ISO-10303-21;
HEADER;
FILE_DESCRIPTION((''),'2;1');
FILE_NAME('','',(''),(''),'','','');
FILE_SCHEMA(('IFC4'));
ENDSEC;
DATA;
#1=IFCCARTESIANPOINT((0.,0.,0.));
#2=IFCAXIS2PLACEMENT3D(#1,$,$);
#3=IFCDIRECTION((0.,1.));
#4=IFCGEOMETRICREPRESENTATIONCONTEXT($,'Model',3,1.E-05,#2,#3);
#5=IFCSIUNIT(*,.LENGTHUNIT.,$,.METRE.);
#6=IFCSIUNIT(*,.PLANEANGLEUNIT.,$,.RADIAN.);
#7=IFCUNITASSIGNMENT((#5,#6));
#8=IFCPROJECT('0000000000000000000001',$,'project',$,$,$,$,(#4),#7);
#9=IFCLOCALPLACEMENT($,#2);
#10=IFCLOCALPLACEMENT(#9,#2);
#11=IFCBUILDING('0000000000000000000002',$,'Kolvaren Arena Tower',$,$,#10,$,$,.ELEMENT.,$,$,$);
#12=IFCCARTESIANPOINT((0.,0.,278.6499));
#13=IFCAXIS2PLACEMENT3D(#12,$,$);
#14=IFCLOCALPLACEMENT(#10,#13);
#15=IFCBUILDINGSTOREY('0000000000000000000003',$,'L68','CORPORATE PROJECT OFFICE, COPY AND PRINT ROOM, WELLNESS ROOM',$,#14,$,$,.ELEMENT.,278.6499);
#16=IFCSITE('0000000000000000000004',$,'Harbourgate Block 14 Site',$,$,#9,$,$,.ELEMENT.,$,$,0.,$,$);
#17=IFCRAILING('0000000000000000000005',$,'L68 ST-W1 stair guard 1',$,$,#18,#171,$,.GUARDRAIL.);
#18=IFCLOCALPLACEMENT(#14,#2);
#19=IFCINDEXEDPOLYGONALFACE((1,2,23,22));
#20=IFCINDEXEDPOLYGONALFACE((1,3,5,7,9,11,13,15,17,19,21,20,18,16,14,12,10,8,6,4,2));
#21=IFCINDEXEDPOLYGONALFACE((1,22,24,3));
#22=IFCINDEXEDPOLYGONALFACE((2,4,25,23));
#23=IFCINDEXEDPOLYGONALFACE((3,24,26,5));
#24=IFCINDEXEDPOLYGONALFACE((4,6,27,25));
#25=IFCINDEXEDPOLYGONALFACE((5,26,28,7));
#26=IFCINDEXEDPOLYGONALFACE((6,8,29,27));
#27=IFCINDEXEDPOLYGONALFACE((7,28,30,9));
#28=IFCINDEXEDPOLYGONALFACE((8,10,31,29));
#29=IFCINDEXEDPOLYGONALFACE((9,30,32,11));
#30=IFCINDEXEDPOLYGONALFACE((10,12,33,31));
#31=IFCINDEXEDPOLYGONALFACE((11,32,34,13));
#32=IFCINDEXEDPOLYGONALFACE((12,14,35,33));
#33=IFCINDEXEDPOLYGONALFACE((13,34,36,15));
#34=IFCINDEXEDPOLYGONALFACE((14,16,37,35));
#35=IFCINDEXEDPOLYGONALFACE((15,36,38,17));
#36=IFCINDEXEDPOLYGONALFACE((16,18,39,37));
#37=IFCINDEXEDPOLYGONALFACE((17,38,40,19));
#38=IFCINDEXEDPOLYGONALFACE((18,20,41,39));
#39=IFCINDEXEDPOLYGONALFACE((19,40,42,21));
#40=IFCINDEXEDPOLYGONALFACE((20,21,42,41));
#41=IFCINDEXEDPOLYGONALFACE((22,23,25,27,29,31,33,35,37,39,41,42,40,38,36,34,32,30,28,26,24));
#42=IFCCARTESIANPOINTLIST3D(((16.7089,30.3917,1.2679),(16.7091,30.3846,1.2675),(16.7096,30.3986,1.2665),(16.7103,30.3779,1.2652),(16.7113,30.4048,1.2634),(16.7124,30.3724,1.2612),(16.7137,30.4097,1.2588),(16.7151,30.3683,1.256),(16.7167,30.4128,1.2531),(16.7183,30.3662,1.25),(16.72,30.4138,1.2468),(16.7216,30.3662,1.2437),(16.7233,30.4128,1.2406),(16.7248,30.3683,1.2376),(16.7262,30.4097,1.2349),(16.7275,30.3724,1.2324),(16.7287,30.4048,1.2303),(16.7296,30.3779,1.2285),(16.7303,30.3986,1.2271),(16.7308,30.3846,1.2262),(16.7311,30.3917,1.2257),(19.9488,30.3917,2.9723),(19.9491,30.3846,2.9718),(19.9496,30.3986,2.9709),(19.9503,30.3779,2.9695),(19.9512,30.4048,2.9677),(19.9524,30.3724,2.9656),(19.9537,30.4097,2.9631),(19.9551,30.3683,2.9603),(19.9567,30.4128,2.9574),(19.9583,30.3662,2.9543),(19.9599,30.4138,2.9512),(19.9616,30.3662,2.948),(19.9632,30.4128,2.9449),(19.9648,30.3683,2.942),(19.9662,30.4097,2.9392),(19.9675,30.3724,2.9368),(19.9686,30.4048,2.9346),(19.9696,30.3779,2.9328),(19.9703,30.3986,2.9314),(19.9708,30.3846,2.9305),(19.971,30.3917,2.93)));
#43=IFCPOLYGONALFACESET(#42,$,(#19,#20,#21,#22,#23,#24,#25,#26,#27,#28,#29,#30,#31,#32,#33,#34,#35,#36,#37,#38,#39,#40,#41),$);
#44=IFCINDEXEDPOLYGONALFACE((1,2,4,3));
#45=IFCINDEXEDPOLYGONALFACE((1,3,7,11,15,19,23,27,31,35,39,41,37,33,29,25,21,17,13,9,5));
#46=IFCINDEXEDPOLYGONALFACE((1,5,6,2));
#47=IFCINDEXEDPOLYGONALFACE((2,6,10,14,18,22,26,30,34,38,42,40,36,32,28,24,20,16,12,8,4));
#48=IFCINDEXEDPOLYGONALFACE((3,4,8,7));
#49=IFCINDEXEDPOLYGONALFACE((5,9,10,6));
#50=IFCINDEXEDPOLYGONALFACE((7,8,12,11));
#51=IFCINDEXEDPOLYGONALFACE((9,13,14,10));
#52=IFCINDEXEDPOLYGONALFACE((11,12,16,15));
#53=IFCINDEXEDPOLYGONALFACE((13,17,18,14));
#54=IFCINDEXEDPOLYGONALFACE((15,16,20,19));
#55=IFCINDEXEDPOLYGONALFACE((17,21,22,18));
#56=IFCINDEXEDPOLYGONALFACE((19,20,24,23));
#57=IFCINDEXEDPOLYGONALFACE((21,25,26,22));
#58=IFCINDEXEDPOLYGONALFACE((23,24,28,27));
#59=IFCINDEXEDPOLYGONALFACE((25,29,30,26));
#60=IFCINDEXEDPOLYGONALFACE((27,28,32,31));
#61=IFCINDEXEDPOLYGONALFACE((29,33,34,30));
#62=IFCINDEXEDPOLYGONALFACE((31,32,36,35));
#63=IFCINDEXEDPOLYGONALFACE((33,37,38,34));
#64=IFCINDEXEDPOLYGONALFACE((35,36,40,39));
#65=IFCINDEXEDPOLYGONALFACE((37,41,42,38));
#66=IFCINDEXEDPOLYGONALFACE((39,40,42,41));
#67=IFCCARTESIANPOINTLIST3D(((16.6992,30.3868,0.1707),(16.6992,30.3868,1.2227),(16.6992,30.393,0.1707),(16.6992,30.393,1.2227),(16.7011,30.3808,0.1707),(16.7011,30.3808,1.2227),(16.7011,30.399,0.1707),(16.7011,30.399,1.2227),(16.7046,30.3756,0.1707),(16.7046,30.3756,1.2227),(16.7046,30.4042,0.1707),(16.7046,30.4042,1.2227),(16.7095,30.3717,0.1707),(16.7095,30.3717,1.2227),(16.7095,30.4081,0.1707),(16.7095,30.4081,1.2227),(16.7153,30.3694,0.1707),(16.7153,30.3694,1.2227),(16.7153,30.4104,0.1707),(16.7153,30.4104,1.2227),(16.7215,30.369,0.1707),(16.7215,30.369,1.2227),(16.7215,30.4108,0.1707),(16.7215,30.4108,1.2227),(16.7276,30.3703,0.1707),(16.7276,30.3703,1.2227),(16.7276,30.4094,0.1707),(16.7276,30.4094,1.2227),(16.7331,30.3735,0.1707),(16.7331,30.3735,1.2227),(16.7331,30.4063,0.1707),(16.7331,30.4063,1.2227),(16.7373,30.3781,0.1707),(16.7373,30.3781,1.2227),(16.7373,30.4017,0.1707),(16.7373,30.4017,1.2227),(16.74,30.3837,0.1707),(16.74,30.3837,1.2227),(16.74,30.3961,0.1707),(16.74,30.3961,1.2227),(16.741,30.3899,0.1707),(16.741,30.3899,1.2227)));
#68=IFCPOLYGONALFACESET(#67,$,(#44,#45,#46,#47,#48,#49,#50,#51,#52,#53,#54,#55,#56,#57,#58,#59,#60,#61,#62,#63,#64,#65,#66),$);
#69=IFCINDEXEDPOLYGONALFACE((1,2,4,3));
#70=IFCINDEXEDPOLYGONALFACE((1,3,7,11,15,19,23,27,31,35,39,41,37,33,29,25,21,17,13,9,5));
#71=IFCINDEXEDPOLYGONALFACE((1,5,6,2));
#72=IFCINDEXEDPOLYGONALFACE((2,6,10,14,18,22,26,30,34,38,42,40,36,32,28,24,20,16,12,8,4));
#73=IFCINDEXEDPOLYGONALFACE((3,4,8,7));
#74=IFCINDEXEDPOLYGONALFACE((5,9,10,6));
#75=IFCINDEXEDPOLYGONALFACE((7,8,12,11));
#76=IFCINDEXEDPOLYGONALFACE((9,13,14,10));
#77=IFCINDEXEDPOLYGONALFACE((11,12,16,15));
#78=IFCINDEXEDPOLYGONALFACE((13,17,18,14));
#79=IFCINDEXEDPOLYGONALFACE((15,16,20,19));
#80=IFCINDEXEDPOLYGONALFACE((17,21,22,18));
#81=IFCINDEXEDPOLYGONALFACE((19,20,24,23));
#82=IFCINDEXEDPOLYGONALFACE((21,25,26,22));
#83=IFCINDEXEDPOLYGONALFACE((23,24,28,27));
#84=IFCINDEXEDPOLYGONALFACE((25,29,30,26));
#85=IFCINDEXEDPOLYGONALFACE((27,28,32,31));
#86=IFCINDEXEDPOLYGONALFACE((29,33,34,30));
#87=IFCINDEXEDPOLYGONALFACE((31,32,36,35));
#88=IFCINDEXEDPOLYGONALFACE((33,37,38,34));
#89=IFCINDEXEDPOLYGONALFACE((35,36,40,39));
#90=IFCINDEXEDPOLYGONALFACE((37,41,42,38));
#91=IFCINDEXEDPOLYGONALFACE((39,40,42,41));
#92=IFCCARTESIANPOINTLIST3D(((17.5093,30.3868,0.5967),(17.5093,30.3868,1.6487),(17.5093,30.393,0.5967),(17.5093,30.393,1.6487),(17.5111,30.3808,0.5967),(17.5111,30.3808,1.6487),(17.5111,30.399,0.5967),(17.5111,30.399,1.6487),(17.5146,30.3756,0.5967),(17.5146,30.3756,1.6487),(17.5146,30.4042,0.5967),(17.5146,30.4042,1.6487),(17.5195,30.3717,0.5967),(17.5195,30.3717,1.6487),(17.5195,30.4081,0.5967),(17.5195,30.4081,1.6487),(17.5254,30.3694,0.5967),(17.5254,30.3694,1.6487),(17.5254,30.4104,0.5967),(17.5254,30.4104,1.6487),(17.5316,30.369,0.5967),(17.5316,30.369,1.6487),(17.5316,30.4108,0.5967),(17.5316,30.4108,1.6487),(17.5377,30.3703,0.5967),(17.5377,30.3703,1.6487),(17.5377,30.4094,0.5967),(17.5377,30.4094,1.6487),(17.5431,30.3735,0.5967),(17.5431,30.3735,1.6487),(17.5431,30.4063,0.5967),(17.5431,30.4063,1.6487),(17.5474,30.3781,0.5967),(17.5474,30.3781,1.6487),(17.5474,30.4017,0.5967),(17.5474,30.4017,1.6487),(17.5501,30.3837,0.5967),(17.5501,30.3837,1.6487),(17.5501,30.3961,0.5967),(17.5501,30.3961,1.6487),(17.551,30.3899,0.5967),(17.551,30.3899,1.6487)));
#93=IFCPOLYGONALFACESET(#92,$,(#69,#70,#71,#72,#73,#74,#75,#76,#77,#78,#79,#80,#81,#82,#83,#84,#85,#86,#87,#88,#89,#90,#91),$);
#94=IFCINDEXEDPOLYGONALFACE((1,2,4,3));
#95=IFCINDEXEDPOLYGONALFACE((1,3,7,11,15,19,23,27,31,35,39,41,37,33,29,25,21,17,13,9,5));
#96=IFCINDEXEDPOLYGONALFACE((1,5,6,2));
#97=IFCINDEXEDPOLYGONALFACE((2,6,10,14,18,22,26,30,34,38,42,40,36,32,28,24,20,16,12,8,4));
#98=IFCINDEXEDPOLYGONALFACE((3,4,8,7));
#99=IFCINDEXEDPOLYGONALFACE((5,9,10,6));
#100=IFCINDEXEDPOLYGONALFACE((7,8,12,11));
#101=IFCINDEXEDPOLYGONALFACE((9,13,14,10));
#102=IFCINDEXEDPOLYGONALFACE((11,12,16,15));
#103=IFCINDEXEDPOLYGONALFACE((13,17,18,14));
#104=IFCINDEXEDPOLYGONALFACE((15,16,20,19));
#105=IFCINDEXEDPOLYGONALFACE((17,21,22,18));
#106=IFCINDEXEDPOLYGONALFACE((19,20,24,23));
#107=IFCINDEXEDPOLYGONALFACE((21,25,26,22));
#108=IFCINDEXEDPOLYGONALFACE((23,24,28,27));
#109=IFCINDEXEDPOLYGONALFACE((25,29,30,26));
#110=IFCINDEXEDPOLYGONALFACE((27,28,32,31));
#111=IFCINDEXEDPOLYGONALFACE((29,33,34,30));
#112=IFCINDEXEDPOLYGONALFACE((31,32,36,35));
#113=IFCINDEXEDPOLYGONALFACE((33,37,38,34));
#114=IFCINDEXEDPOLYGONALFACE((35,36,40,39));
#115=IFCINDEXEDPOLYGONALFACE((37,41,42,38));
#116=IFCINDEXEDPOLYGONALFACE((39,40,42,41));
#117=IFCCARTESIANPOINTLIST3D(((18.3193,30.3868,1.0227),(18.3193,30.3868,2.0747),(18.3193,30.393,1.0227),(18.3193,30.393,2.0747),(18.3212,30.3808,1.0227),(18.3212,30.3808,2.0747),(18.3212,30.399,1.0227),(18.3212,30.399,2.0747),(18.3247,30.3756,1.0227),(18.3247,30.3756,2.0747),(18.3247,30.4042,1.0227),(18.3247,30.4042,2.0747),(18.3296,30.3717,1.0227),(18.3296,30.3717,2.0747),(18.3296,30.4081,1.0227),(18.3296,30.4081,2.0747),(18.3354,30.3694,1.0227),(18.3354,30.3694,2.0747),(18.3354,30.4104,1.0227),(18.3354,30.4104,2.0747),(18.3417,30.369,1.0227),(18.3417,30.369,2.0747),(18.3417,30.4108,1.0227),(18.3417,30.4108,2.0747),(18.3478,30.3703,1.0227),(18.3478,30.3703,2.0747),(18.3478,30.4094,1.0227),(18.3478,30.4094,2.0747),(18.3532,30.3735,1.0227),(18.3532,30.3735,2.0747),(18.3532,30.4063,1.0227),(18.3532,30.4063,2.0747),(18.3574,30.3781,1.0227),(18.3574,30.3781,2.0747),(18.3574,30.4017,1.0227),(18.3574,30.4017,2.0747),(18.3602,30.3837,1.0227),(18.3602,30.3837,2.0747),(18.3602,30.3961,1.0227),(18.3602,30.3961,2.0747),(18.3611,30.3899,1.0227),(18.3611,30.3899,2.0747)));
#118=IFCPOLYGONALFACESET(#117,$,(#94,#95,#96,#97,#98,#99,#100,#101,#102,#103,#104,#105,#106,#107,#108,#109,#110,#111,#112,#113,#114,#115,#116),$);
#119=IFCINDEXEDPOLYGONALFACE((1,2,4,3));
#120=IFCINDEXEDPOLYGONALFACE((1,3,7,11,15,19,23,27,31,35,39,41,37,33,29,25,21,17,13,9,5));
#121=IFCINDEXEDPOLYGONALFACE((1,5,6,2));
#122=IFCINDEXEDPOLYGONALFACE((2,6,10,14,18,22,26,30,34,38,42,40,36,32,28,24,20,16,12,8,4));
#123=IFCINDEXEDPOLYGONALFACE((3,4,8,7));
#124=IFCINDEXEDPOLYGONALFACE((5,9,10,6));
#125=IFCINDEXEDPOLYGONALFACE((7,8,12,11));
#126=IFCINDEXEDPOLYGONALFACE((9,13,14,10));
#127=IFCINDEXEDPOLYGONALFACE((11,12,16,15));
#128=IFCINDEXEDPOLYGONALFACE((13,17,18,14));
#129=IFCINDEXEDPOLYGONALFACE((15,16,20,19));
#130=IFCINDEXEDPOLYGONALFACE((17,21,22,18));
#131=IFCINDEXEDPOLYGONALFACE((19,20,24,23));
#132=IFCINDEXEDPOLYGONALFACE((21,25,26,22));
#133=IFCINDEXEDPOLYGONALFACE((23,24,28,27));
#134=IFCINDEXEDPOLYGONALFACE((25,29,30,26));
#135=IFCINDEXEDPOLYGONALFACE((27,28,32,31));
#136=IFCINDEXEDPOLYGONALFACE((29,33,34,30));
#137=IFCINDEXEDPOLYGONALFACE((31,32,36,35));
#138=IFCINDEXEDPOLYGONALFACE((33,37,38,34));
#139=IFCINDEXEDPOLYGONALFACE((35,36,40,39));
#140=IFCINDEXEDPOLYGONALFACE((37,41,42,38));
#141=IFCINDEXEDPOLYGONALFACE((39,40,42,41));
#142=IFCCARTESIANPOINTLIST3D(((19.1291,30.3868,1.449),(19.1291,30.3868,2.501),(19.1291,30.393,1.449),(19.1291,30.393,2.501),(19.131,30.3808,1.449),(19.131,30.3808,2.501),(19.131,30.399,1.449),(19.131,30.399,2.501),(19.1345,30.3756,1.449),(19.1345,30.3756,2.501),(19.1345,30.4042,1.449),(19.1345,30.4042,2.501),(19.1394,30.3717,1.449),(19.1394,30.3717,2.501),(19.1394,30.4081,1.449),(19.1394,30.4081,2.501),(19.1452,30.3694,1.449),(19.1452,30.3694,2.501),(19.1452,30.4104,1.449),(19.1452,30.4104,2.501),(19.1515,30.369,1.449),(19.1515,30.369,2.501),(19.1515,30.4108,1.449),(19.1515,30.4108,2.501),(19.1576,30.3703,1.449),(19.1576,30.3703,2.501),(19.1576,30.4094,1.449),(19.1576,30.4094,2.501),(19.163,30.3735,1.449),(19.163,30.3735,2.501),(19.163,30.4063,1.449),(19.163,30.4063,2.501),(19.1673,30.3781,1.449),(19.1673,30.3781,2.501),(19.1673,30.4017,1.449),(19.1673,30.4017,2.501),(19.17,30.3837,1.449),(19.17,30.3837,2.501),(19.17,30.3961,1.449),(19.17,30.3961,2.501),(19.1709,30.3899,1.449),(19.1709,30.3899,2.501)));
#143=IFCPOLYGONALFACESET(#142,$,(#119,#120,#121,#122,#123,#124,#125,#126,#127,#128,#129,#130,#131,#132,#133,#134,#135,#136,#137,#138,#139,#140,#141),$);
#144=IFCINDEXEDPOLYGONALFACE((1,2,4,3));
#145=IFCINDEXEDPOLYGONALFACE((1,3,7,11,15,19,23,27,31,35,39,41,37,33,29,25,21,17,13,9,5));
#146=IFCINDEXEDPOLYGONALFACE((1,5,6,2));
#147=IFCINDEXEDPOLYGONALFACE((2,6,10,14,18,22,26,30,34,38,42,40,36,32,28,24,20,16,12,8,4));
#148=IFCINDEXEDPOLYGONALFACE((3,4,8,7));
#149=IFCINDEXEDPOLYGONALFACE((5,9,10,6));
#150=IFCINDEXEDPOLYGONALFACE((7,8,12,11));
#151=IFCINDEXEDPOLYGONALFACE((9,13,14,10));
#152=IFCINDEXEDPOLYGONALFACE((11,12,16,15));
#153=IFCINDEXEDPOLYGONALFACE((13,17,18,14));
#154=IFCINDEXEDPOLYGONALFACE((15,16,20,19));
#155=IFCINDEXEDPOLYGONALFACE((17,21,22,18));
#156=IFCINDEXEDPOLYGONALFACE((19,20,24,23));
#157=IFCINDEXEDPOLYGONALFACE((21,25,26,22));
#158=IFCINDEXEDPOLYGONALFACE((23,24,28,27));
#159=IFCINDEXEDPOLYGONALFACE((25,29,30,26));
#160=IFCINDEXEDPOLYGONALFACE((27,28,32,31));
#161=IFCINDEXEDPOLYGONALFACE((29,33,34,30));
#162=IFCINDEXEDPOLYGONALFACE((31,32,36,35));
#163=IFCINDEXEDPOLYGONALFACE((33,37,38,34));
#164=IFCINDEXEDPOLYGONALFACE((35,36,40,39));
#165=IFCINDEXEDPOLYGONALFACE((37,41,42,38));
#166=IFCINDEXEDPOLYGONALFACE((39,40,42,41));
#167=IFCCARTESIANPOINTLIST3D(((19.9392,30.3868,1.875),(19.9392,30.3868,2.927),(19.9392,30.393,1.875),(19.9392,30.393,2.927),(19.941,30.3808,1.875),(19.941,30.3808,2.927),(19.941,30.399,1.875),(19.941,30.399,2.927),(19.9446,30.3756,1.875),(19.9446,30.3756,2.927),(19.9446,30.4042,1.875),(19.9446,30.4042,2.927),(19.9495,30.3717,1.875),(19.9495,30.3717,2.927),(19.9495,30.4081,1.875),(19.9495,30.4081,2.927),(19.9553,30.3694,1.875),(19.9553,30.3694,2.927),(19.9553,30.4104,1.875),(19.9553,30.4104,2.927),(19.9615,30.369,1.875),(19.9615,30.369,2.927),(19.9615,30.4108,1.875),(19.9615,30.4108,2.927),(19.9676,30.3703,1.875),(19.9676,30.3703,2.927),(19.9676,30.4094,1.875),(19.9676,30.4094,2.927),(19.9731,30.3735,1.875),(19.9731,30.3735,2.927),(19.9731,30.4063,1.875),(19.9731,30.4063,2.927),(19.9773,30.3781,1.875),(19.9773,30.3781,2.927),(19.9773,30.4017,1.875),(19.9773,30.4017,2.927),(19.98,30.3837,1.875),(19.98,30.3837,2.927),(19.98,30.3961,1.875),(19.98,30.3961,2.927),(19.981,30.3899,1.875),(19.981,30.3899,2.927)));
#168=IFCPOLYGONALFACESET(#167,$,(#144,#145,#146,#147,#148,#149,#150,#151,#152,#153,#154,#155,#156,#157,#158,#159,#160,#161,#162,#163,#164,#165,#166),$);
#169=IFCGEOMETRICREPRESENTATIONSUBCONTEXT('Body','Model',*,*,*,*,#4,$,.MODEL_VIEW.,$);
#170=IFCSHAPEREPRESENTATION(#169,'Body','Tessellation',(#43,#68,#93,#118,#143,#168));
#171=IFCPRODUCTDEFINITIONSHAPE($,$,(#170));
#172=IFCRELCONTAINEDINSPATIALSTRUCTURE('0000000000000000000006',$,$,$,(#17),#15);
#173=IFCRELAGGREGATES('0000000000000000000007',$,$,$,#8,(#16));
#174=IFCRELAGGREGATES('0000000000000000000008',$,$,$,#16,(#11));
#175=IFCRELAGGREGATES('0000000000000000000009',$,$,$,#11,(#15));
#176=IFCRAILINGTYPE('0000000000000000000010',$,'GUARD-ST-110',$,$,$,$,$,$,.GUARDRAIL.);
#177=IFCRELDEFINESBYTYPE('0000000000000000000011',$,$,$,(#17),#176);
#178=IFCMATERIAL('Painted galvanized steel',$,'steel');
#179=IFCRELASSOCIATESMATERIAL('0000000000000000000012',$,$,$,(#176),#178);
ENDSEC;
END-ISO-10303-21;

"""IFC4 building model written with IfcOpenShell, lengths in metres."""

from ifc_helpers import new_model, si_unit, direction, frame, origin, origin_2d, place, context, subcontext, project, spatial, circle, extrude, material, type_object, element, save


model = new_model("IFC4")

# Units and contexts
model_context = context("Model", 3, precision=1e-05, world=origin(), true_north=direction((0.0, 1.0)))
body_context = subcontext(model_context, "Body", "Model", "MODEL_VIEW")
ifc_project = project(units=[si_unit("LENGTHUNIT", "METRE"), si_unit("PLANEANGLEUNIT", "RADIAN")], contexts=[model_context])

# Site, building, storey
site_placement = place(None, origin())
site = spatial("IfcSite", under=ifc_project, at=site_placement, Name="Harbourgate Block 14 Site", CompositionType="ELEMENT", RefElevation=0.0)
building_placement = place(site_placement, origin())
building = spatial("IfcBuilding", under=site, at=building_placement, Name="Kolvaren Arena Tower", CompositionType="ELEMENT")
storey_placement = place(building_placement, frame((0.0, 0.0, 278.6499)))
storey = spatial("IfcBuildingStorey", under=building, at=storey_placement, Name="L68", Description="CORPORATE PROJECT OFFICE, COPY AND PRINT ROOM, WELLNESS ROOM", CompositionType="ELEMENT", Elevation=278.6499)

# Railing
ifc_material_1 = material(Name="Painted galvanized steel", Category="steel")
railing_type_1 = type_object("IfcRailingType", Name="GUARD-ST-110", PredefinedType="GUARDRAIL", material=ifc_material_1)
railing_1_placement = place(storey_placement, frame((16.72, 30.3899, 0.1707)))
element("IfcRailing", 1, at=railing_1_placement, inside=storey, type_object=railing_type_1, Name="L68 ST-W1 stair guard 1", PredefinedType="GUARDRAIL", context=body_context, shape_type="SweptSolid", body=[
    extrude(circle(Radius=0.0239, at=origin_2d()), frame((0.0, 0.0, 1.0762), z_axis=(0.885021, 0.0, 0.465551), x_axis=(0.0, 1.0, 0.0)), (0.0, 0.0, 1.0), 3.6609),
    extrude(circle(Radius=0.021, at=origin_2d()), origin(), (0.0, 0.0, 1.0), 1.052),
    extrude(circle(Radius=0.021, at=origin_2d()), frame((0.8101, 0.0, 0.426)), (0.0, 0.0, 1.0), 1.052),
    extrude(circle(Radius=0.021, at=origin_2d()), frame((1.6201, 0.0, 0.8521)), (0.0, 0.0, 1.0), 1.052),
    extrude(circle(Radius=0.021, at=origin_2d()), frame((2.4299, 0.0, 1.2783)), (0.0, 0.0, 1.0), 1.052),
    extrude(circle(Radius=0.021, at=origin_2d()), frame((3.24, 0.0, 1.7043)), (0.0, 0.0, 1.0), 1.052),
])

save(model, "model.ifc")
